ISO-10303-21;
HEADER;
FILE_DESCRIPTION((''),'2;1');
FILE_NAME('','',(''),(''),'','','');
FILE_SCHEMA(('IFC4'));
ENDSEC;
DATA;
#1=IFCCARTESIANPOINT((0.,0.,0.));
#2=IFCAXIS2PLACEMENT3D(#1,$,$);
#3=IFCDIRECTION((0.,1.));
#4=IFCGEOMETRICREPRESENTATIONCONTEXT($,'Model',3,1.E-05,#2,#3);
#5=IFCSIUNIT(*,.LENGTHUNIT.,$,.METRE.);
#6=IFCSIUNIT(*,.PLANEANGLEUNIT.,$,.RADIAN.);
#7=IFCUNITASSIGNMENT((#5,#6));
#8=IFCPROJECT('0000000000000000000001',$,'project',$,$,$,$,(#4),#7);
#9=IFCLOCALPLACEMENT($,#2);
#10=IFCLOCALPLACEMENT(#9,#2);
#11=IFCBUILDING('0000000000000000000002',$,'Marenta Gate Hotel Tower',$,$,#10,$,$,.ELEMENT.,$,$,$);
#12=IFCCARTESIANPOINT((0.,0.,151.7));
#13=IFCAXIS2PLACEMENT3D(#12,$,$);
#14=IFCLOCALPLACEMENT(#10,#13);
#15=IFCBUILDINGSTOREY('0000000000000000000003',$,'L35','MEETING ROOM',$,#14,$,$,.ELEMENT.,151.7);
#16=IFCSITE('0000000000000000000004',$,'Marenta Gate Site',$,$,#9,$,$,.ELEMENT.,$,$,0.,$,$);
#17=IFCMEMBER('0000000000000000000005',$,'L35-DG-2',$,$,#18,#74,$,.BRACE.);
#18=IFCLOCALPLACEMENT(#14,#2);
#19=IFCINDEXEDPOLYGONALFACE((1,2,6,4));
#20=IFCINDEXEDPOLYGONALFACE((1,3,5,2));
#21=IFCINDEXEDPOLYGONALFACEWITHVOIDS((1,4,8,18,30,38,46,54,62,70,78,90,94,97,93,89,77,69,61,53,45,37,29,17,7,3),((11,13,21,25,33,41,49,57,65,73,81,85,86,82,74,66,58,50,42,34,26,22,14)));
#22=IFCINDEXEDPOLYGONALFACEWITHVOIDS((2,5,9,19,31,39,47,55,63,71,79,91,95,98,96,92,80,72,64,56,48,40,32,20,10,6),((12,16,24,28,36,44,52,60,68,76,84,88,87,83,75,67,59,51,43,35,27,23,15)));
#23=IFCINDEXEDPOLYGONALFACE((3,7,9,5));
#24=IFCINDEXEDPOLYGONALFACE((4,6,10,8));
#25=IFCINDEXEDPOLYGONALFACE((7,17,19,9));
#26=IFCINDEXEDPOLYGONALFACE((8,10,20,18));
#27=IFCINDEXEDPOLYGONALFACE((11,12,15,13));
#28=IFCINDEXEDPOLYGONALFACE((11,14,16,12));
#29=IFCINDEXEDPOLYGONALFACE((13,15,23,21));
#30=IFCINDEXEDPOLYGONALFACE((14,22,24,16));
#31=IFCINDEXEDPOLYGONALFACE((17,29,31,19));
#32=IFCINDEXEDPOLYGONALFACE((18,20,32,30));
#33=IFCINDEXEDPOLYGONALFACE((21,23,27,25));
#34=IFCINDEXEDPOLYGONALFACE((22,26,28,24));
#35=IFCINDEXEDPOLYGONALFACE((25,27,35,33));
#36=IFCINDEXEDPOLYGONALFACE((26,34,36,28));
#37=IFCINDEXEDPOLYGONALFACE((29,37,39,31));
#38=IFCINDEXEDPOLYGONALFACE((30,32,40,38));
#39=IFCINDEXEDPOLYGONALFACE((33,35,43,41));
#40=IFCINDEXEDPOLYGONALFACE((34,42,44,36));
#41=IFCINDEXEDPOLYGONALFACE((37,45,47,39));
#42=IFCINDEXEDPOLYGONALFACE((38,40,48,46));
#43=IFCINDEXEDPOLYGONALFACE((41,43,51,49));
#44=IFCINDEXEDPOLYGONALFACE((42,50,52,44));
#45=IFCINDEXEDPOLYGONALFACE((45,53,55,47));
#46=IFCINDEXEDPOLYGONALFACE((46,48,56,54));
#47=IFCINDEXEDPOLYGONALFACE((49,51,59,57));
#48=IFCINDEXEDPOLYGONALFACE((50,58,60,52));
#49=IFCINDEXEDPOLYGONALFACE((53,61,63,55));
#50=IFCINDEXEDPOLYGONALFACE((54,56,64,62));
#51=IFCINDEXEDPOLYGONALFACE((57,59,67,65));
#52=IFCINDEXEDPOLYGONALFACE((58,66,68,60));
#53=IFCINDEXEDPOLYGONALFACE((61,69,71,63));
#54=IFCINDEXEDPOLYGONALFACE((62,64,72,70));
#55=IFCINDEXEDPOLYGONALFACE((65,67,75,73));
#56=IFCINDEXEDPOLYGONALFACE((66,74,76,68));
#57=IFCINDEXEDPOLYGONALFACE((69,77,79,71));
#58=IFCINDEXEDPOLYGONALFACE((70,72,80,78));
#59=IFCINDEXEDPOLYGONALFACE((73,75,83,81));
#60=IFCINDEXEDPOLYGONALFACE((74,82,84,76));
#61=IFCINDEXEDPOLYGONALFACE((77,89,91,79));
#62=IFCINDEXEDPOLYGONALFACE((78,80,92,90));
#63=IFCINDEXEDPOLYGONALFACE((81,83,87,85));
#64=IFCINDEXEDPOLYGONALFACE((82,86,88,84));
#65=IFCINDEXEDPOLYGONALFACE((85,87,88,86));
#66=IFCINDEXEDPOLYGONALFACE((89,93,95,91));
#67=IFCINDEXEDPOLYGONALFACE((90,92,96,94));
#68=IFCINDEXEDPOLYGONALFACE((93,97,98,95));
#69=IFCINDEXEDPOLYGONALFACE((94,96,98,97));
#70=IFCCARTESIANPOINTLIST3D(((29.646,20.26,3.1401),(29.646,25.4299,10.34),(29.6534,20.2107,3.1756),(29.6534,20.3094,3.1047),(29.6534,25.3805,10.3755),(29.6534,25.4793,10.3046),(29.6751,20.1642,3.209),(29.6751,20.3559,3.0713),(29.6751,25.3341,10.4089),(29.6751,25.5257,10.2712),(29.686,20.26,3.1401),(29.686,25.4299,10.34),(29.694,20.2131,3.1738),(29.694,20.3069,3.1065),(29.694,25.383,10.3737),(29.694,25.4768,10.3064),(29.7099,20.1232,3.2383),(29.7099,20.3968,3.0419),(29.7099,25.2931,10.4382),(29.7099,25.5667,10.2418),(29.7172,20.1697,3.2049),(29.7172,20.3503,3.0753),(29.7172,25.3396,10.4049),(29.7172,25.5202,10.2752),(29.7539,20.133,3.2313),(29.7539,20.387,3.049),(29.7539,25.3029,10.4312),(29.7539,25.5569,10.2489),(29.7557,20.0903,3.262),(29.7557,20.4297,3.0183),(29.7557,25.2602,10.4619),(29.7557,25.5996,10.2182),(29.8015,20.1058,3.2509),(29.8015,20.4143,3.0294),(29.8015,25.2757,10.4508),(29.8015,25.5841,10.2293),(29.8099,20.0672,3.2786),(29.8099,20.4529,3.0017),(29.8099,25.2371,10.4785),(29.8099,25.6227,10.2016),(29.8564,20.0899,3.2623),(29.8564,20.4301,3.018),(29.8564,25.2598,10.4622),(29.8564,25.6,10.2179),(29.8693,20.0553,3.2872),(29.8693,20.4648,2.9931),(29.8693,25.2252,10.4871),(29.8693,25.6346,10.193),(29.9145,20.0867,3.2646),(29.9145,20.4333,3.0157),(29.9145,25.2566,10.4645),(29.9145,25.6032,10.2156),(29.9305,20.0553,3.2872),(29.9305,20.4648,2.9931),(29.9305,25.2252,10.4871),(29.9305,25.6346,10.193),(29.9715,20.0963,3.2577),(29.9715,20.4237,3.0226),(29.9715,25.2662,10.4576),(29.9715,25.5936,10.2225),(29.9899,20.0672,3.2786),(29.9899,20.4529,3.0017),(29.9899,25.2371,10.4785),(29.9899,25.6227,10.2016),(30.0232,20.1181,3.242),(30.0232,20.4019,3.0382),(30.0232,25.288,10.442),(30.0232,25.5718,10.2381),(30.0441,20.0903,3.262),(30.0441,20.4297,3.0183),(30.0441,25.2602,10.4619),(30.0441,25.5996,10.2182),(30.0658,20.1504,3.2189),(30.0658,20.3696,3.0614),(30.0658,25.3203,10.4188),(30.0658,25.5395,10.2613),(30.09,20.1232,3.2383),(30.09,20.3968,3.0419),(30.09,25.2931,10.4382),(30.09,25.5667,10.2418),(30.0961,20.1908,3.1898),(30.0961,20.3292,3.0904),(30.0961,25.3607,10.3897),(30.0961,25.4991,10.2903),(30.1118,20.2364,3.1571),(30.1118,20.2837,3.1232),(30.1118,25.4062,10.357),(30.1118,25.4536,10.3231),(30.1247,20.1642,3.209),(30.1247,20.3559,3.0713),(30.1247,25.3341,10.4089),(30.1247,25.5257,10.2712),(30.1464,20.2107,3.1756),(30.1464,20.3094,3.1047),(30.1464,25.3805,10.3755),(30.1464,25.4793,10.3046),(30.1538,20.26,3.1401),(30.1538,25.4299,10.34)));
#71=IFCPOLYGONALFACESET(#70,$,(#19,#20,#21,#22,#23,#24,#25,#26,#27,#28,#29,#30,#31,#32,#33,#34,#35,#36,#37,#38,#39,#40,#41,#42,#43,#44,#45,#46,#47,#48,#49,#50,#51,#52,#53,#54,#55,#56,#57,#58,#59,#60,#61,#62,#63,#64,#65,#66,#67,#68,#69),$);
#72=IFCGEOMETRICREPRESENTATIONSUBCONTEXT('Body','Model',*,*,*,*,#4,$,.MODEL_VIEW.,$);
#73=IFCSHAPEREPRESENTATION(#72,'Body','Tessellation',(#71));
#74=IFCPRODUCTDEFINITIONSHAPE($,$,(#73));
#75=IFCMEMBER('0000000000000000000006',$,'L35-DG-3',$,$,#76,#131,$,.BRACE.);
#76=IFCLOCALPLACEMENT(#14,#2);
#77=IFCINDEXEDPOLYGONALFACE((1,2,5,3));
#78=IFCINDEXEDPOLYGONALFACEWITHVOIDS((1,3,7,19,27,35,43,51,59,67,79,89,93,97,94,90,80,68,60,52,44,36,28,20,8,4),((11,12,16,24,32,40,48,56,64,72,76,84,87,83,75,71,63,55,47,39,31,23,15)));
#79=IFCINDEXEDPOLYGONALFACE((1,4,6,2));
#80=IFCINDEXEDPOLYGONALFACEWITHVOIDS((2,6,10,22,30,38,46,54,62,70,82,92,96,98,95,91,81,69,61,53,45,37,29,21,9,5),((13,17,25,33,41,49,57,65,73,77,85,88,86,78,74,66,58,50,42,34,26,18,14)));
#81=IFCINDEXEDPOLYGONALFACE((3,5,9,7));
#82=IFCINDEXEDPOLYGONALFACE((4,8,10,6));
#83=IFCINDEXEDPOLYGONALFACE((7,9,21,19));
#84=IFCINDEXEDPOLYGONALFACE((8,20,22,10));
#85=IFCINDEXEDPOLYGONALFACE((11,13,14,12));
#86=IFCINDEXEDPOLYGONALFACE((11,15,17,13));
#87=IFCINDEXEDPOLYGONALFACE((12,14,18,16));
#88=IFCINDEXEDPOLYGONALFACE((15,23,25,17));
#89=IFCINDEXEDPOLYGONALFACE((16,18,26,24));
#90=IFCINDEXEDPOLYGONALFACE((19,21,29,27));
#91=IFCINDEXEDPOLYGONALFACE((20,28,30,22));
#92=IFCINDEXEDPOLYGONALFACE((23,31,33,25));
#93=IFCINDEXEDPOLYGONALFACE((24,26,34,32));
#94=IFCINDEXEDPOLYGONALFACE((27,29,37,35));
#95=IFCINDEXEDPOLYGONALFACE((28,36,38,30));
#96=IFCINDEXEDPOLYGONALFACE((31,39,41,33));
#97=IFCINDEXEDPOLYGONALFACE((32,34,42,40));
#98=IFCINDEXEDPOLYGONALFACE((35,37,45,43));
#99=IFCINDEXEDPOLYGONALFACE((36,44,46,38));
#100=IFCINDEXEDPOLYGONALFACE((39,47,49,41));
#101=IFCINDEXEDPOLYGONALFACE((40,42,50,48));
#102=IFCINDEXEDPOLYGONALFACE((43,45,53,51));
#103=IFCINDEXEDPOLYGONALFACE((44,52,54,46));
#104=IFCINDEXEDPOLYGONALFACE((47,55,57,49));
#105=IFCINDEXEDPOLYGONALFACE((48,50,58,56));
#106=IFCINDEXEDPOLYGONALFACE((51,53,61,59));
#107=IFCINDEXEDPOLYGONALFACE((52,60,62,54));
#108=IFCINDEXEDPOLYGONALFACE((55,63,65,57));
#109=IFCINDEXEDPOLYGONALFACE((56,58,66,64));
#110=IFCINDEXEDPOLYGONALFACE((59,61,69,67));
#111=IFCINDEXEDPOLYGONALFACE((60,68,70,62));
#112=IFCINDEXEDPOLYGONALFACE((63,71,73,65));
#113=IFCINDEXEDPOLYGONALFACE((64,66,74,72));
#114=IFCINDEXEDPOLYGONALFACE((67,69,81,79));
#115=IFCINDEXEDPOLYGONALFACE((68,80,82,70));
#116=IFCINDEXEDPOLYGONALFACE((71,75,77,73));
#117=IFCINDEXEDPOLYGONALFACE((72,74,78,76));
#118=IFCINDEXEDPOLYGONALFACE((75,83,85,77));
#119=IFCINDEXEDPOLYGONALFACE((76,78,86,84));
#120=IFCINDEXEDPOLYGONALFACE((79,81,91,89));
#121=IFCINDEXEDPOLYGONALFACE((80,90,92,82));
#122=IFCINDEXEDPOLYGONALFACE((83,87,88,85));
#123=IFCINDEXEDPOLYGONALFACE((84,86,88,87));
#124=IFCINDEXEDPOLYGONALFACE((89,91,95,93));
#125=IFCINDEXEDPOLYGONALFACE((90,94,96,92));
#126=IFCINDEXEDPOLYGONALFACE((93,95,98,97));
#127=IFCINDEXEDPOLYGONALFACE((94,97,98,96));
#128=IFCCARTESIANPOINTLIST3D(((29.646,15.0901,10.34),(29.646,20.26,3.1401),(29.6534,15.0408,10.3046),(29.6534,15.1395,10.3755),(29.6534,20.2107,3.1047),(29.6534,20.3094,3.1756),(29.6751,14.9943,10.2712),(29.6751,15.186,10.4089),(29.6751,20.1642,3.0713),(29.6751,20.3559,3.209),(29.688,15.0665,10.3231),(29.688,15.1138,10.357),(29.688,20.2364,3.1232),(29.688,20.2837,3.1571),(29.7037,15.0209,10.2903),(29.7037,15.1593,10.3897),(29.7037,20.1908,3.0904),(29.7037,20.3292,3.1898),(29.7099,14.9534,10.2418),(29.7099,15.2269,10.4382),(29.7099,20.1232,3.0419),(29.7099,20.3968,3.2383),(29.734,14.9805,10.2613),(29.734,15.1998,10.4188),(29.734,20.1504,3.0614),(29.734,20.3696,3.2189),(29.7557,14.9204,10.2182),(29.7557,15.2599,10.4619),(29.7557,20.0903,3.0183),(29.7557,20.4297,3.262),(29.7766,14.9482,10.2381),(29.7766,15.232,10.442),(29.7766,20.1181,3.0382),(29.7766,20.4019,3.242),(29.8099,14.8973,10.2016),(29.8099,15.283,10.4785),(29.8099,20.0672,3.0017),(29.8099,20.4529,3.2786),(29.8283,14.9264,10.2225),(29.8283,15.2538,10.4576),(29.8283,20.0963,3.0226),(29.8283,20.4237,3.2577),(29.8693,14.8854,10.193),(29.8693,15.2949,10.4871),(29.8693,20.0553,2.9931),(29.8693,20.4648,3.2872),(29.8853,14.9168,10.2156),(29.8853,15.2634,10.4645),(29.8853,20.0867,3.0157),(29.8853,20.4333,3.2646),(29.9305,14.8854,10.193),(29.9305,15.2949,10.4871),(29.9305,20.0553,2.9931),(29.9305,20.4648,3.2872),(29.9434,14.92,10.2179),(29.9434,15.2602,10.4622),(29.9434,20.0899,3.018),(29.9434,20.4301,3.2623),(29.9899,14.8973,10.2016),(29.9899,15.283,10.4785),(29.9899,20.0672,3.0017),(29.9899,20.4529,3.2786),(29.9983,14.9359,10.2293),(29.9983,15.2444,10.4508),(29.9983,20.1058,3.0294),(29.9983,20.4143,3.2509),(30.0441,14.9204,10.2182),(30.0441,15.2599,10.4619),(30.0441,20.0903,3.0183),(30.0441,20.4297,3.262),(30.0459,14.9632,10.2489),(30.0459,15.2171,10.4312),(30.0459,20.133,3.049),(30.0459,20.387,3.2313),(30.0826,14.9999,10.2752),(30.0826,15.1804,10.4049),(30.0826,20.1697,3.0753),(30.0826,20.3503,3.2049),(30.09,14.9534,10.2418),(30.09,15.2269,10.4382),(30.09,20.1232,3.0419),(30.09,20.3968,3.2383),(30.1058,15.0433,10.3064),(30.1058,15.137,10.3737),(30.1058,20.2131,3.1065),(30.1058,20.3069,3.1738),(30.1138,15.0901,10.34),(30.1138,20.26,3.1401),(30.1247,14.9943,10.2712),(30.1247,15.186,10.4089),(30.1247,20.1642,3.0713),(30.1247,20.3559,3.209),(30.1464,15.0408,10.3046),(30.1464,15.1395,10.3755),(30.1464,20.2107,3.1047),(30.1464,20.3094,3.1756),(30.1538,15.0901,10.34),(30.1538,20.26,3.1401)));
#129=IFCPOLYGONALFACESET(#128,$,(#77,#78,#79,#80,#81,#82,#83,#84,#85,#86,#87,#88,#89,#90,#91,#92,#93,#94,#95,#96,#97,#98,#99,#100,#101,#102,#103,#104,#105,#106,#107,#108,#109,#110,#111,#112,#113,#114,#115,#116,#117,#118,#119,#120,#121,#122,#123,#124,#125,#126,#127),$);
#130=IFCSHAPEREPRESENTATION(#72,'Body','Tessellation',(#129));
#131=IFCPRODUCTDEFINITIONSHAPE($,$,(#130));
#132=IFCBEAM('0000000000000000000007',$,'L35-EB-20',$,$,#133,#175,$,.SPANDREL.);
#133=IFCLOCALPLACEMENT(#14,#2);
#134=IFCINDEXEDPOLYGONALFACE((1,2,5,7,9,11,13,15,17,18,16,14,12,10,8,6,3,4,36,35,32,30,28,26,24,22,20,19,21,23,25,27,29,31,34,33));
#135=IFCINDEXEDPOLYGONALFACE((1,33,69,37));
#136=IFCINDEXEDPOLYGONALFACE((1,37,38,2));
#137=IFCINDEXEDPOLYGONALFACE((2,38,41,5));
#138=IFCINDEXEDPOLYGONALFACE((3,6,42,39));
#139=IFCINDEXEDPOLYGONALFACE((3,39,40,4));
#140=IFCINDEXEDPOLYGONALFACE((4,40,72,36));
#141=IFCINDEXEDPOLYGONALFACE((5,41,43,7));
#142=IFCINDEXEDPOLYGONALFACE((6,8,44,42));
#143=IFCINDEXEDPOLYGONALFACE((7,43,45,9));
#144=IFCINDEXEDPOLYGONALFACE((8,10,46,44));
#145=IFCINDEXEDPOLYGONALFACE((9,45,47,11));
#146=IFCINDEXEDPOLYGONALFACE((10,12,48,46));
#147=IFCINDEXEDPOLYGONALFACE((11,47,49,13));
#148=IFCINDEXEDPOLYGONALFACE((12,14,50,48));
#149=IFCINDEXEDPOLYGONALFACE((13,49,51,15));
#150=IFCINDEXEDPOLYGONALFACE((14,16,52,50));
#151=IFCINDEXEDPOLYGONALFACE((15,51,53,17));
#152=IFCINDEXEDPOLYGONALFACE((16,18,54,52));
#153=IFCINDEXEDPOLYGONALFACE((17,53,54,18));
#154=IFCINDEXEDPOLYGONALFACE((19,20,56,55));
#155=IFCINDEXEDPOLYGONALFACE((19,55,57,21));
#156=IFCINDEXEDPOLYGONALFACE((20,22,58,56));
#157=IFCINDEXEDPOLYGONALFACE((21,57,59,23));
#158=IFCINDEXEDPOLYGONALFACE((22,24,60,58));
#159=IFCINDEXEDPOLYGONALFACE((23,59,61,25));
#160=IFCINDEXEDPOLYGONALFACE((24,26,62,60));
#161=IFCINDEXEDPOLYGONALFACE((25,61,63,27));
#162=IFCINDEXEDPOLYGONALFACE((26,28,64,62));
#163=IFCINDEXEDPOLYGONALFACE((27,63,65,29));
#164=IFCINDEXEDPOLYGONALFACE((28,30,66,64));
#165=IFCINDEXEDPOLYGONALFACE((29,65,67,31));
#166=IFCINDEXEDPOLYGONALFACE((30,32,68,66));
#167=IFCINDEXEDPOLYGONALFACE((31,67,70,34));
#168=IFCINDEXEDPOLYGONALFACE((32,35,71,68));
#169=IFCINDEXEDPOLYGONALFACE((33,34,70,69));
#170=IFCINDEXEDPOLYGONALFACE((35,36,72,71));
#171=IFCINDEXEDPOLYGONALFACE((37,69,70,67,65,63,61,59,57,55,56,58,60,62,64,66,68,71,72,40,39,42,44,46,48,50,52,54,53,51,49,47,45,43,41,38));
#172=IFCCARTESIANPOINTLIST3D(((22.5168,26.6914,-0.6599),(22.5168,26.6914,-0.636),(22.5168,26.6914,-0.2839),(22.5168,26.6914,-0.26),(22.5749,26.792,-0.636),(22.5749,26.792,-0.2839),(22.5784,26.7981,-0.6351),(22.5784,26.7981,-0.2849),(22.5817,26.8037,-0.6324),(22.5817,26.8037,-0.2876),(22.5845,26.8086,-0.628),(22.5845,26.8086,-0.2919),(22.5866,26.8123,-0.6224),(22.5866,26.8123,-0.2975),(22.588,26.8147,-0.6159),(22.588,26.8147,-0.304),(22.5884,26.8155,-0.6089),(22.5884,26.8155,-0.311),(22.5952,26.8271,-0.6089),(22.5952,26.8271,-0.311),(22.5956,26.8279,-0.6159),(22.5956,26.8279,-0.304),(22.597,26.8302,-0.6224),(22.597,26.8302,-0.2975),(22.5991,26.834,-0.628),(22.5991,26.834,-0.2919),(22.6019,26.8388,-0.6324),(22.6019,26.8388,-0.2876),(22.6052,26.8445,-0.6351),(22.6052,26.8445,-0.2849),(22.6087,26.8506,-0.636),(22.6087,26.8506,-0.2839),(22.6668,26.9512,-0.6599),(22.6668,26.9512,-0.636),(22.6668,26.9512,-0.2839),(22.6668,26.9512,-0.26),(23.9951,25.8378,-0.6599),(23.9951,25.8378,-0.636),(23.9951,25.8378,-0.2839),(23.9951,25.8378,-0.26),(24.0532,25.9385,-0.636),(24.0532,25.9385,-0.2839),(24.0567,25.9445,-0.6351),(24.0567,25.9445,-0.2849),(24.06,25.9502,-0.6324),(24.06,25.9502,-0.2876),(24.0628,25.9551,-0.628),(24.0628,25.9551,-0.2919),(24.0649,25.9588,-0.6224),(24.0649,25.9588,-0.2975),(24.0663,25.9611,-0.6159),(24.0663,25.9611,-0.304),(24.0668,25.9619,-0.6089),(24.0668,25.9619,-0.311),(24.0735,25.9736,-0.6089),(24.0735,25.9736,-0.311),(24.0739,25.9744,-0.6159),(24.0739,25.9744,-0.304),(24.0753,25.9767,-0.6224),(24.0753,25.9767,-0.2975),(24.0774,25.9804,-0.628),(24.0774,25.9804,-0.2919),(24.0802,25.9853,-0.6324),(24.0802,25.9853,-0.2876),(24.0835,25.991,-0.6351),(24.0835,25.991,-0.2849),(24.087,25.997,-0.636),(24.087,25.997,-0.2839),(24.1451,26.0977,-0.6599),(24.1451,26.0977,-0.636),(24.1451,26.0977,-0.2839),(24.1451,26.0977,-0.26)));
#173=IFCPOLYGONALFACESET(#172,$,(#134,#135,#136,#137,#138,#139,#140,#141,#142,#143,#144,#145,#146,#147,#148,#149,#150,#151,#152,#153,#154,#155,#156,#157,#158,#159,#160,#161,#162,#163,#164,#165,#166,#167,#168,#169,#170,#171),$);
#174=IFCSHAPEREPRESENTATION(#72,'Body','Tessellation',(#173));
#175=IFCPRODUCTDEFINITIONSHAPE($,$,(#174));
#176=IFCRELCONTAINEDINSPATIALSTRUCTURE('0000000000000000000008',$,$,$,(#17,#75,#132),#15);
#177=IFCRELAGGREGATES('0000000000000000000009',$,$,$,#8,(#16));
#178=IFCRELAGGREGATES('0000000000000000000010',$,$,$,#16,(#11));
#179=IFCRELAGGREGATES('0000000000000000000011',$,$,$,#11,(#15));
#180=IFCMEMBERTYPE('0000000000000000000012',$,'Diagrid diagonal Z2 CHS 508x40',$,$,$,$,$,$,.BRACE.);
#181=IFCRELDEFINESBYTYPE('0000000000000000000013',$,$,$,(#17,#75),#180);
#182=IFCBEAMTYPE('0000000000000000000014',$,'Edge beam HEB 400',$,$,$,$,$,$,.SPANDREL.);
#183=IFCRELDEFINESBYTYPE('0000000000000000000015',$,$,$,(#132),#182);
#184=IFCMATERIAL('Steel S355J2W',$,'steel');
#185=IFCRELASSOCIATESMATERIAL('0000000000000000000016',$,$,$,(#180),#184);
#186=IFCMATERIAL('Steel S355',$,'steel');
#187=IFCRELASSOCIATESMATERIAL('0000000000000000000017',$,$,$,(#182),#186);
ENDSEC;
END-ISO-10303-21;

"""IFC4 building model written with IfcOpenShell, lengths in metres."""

from ifc_helpers import new_model, si_unit, direction, frame, origin, origin_2d, place, context, subcontext, project, spatial, hollow_circle, i_section, extrude, material, material_profile, profile_set, type_object, element, save


model = new_model("IFC4")

# Units and contexts
model_context = context("Model", 3, precision=1e-05, world=origin(), true_north=direction((0.0, 1.0)))
body_context = subcontext(model_context, "Body", "Model", "MODEL_VIEW")
ifc_project = project(units=[si_unit("LENGTHUNIT", "METRE"), si_unit("PLANEANGLEUNIT", "RADIAN")], contexts=[model_context])

# Site, building, storey
site_placement = place(None, origin())
site = spatial("IfcSite", under=ifc_project, at=site_placement, Name="Marenta Gate Site", CompositionType="ELEMENT", RefElevation=0.0)
building_placement = place(site_placement, origin())
building = spatial("IfcBuilding", under=site, at=building_placement, Name="Marenta Gate Hotel Tower", CompositionType="ELEMENT")
storey_placement = place(building_placement, frame((0.0, 0.0, 151.7)))
storey = spatial("IfcBuildingStorey", under=building, at=storey_placement, Name="L35", Description="MEETING ROOM", CompositionType="ELEMENT", Elevation=151.7)

# Members
ifc_material_1 = material(Name="Steel S355J2W", Category="steel")
ifc_material_profile_1 = material_profile(ifc_material_1, hollow_circle(Radius=0.2539, WallThickness=0.04, at=origin_2d()), Name="CHS 508x40")
ifc_profile_set_1 = profile_set([ifc_material_profile_1], Name="Steel S355J2W")
member_type_1 = type_object("IfcMemberType", Name="Diagrid diagonal Z2 CHS 508x40", PredefinedType="BRACE", material=ifc_profile_set_1)
for number, where, z_axis, x_axis, name in (
    (1, (29.8999, 20.26, 3.1401), (0.0, 0.583261, 0.812285), (-1.0, 0.0, 0.0), "L35-DG-2"),
    (2, (29.8999, 20.26, 3.1401), (0.0, -0.583261, 0.812285), (1.0, 0.0, 0.0), "L35-DG-3"),
):
    element("IfcMember", number, at=place(storey_placement, frame(where, z_axis=z_axis, x_axis=x_axis)), inside=storey, type_object=member_type_1, Name=name, PredefinedType="BRACE", context=body_context, shape_type="SweptSolid", body=[
        extrude(hollow_circle(Radius=0.2539, WallThickness=0.04, at=origin_2d()), origin(), (0.0, 0.0, 1.0), 8.8638),
    ])

# Beam
ifc_material_2 = material(Name="Steel S355", Category="steel")
ifc_material_profile_2 = material_profile(ifc_material_2, i_section(OverallWidth=0.3, OverallDepth=0.3999, WebThickness=0.0134, FlangeThickness=0.0239, FilletRadius=0.0271, at=origin_2d()), Name="HEB 400")
ifc_profile_set_2 = profile_set([ifc_material_profile_2], Name="Steel S355")
beam_type_1 = type_object("IfcBeamType", Name="Edge beam HEB 400", PredefinedType="SPANDREL", material=ifc_profile_set_2)
beam_1_placement = place(storey_placement, frame((22.5918, 26.8213, -0.46), z_axis=(0.866016, -0.500015, 0.0), x_axis=(0.500015, 0.866016, 0.0)))
element("IfcBeam", 3, at=beam_1_placement, inside=storey, type_object=beam_type_1, Name="L35-EB-20", PredefinedType="SPANDREL", context=body_context, shape_type="SweptSolid", body=[
    extrude(i_section(OverallWidth=0.3, OverallDepth=0.3999, WebThickness=0.0134, FlangeThickness=0.0239, FilletRadius=0.0271, at=origin_2d()), origin(), (0.0, 0.0, 1.0), 1.707),
])

save(model, "model.ifc")
